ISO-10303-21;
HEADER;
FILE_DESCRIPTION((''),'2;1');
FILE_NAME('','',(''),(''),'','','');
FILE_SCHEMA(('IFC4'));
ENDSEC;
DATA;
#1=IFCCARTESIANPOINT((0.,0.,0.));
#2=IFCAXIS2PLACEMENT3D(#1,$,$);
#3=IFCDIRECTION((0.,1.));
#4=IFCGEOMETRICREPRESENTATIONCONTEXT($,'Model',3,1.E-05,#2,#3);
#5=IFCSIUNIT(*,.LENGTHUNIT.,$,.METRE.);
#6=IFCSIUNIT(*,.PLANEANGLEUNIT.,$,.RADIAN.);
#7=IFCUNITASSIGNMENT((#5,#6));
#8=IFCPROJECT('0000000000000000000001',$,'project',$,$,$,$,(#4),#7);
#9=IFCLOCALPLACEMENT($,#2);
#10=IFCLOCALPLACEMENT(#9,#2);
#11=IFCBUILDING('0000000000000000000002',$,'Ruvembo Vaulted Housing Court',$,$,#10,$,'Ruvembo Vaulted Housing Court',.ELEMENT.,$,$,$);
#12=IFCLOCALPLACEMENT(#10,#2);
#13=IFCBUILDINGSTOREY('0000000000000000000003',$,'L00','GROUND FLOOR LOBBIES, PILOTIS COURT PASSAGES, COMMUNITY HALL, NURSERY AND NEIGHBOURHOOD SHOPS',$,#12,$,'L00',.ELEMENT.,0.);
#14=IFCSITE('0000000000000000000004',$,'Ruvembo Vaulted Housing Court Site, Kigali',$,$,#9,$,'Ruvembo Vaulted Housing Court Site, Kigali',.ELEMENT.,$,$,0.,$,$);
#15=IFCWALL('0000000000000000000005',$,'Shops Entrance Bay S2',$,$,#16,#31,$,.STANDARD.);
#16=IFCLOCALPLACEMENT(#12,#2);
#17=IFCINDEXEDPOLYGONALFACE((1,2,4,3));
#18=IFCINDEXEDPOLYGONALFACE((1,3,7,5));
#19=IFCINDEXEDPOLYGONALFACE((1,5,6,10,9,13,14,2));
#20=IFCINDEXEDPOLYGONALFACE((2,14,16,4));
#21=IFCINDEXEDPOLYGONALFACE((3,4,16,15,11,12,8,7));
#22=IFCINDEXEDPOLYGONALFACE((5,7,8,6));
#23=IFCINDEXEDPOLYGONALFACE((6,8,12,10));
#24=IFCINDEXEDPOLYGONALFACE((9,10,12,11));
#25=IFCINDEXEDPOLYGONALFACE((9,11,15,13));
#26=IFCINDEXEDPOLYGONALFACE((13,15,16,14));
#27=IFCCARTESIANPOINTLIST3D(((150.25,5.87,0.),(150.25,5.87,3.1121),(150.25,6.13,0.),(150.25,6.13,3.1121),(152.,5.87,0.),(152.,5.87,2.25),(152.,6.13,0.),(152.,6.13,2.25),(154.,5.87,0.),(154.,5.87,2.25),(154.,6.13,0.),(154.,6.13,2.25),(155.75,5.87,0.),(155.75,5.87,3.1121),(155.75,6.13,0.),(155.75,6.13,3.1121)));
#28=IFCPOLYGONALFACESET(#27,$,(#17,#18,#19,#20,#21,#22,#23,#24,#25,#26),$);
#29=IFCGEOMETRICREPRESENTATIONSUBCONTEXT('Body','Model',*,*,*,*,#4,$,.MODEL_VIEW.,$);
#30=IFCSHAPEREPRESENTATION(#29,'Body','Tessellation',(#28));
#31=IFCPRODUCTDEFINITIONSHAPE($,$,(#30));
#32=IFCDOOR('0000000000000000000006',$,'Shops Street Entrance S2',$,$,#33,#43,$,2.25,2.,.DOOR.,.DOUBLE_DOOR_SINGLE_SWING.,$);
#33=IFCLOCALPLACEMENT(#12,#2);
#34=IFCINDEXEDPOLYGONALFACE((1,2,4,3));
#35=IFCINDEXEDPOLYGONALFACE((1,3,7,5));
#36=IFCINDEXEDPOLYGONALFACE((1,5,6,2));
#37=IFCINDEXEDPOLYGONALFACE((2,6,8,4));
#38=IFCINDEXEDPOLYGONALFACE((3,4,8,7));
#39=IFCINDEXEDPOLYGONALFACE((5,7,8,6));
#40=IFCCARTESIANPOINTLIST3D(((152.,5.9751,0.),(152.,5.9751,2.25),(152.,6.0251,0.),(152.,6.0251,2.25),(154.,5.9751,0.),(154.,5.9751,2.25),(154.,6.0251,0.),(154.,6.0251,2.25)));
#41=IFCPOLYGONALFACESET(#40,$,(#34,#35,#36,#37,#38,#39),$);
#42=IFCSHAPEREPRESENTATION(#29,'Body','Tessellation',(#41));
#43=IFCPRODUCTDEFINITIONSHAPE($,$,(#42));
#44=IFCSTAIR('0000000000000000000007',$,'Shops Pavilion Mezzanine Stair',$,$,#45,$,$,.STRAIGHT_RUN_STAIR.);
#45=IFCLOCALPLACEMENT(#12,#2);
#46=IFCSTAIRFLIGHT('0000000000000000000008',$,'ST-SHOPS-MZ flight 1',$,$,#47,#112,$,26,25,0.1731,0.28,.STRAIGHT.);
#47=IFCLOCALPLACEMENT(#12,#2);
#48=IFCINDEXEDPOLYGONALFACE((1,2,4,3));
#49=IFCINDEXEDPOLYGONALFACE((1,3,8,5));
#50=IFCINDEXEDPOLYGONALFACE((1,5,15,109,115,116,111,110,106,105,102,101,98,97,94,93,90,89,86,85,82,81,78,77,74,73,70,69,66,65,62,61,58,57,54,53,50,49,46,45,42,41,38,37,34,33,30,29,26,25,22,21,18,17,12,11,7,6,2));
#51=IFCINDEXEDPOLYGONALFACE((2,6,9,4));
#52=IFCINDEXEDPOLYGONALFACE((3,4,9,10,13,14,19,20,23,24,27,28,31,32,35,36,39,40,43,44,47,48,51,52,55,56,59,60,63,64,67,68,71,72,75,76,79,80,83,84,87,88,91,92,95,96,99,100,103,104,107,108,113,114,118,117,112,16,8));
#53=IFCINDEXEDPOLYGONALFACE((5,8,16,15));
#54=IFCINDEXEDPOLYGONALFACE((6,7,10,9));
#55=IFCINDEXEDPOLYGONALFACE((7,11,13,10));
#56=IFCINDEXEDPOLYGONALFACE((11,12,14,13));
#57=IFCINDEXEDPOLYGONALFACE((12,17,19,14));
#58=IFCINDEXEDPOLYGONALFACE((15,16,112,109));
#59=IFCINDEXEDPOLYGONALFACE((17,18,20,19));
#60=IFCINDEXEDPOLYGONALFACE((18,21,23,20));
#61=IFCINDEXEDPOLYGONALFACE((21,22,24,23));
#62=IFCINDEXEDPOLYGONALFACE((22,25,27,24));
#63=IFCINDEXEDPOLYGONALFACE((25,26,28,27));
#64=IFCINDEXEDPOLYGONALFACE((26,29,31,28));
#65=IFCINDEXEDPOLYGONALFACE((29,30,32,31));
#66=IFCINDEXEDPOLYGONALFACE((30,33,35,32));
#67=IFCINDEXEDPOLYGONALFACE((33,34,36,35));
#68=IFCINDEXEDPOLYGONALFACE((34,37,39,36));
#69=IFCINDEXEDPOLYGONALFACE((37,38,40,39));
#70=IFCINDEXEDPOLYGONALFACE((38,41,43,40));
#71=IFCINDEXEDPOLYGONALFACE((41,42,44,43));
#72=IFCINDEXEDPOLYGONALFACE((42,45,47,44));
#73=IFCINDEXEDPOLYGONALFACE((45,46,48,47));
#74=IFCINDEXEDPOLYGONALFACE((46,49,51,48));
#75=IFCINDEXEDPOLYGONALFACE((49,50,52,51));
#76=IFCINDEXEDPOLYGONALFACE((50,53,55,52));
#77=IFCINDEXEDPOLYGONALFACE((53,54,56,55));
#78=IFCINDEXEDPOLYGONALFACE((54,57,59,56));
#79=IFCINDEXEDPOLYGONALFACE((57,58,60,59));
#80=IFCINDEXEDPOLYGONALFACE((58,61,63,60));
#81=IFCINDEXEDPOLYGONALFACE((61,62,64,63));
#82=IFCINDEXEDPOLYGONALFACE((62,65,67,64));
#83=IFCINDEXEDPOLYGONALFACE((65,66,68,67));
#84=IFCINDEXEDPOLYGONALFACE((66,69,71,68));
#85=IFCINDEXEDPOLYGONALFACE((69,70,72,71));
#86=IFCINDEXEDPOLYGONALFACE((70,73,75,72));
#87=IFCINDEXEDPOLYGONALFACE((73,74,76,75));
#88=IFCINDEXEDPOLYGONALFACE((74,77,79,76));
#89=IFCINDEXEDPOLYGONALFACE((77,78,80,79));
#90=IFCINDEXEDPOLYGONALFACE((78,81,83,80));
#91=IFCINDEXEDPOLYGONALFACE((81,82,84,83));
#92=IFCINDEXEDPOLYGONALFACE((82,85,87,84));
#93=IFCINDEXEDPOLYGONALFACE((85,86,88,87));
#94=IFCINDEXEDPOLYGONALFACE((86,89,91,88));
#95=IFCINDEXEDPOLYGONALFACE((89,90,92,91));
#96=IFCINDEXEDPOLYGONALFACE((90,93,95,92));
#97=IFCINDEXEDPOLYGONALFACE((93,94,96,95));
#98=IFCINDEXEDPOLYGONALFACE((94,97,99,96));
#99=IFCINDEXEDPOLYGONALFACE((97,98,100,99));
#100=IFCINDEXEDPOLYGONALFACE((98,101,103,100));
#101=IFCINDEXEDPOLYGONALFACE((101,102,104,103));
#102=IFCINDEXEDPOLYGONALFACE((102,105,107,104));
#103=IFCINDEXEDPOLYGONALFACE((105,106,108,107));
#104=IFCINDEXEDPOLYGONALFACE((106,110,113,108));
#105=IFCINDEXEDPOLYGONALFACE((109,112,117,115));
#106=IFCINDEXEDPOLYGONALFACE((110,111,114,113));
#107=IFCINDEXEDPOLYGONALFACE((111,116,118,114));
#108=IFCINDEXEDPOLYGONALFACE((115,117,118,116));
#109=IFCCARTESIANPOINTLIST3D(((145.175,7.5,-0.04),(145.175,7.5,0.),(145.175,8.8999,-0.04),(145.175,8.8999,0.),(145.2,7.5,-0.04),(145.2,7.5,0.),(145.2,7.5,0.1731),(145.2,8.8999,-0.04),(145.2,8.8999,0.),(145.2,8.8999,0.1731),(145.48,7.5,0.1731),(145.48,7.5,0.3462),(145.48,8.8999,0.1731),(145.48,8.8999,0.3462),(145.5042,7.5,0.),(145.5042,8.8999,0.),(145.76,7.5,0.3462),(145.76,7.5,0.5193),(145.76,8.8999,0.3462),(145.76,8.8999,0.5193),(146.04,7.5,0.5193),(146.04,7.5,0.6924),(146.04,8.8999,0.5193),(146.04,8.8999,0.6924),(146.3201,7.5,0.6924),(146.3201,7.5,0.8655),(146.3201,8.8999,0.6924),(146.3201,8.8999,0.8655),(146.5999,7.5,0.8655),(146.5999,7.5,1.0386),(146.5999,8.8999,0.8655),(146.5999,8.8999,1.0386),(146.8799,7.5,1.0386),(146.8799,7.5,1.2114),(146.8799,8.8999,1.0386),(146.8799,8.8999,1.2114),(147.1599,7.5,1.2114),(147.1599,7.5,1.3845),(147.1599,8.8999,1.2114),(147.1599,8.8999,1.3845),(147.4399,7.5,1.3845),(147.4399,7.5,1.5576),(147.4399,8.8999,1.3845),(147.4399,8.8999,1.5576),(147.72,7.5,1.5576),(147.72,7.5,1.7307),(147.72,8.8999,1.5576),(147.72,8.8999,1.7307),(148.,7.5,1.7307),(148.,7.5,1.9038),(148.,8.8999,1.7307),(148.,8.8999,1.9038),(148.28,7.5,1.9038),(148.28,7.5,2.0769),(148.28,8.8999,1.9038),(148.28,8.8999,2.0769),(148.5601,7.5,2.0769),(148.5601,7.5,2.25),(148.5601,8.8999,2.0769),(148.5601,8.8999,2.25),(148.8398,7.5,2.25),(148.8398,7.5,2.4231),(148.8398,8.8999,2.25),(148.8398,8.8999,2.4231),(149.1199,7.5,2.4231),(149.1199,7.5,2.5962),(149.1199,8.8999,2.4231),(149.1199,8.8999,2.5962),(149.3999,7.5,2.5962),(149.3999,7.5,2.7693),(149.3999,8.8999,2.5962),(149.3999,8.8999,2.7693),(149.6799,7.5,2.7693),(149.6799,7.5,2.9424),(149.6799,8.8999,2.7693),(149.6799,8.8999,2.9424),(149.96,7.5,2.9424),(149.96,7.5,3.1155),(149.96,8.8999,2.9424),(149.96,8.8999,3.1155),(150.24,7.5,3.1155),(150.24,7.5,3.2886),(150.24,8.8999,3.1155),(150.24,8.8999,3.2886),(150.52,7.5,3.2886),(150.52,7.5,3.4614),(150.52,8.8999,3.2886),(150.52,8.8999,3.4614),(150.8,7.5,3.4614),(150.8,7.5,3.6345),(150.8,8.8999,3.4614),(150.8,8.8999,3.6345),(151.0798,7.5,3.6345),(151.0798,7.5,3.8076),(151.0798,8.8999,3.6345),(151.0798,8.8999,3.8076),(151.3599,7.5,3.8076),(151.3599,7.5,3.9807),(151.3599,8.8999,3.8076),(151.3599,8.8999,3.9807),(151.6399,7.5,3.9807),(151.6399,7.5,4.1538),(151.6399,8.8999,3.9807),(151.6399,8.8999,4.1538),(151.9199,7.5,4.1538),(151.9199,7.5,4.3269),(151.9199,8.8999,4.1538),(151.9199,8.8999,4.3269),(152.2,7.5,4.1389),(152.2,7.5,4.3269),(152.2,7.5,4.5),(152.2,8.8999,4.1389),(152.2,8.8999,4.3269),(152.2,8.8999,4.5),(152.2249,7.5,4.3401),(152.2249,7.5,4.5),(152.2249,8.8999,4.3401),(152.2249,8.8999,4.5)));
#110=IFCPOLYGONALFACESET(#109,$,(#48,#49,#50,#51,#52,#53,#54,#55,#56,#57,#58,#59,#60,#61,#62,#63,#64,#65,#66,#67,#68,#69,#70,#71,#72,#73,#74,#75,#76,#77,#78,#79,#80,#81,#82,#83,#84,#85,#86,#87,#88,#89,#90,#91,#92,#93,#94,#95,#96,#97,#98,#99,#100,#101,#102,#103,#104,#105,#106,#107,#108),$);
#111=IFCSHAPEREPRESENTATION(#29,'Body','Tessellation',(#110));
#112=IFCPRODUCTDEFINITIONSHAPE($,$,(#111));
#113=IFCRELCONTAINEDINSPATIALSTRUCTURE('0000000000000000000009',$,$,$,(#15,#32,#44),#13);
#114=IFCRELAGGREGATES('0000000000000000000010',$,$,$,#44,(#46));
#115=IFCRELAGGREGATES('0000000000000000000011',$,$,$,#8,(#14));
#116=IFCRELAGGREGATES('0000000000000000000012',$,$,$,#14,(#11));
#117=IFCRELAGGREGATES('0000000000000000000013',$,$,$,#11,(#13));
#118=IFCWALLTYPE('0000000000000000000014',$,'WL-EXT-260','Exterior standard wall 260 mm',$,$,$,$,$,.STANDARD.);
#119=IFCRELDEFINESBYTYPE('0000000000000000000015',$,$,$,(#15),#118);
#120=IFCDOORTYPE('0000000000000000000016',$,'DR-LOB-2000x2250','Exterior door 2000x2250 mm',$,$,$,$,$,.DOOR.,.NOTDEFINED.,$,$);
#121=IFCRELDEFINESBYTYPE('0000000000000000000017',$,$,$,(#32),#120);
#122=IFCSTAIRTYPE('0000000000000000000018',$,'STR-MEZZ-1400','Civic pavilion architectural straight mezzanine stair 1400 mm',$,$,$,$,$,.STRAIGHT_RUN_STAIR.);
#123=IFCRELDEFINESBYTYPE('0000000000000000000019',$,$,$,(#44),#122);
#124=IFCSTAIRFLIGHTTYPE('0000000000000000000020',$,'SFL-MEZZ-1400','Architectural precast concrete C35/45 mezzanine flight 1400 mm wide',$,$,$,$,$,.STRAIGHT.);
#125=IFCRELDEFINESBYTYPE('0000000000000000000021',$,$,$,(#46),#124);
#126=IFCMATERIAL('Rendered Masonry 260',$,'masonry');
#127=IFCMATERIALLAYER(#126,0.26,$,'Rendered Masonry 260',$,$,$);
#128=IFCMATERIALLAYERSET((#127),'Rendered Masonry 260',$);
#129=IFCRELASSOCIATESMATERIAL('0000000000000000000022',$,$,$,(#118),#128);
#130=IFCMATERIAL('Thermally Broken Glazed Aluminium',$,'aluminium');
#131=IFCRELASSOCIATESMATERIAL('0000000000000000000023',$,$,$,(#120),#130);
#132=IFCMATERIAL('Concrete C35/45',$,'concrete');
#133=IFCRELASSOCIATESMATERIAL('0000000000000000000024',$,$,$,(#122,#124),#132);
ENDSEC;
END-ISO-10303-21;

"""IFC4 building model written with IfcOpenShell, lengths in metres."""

from ifc_helpers import new_model, si_unit, direction, frame, frame_2d, origin, place, context, subcontext, project, spatial, polyline, rectangle, outline, extrude, material, layer, layer_set, type_object, element, fill, aggregate, save


model = new_model("IFC4")

# Units and contexts
model_context = context("Model", 3, precision=1e-05, world=origin(), true_north=direction((0.0, 1.0)))
body_context = subcontext(model_context, "Body", "Model", "MODEL_VIEW")
ifc_project = project(units=[si_unit("LENGTHUNIT", "METRE"), si_unit("PLANEANGLEUNIT", "RADIAN")], contexts=[model_context])

# Site, building, storey
site_placement = place(None, origin())
site = spatial("IfcSite", under=ifc_project, at=site_placement, Name="Ruvembo Vaulted Housing Court Site, Kigali", LongName="Ruvembo Vaulted Housing Court Site, Kigali", CompositionType="ELEMENT", RefElevation=0.0)
building_placement = place(site_placement, origin())
building = spatial("IfcBuilding", under=site, at=building_placement, Name="Ruvembo Vaulted Housing Court", LongName="Ruvembo Vaulted Housing Court", CompositionType="ELEMENT")
storey_placement = place(building_placement, origin())
storey = spatial("IfcBuildingStorey", under=building, at=storey_placement, Name="L00", Description="GROUND FLOOR LOBBIES, PILOTIS COURT PASSAGES, COMMUNITY HALL, NURSERY AND NEIGHBOURHOOD SHOPS", LongName="L00", CompositionType="ELEMENT", Elevation=0.0)

# Shared definitions
ifc_material_1 = material(Name="Concrete C35/45", Category="concrete")

# Wall, opening, door
ifc_material_2 = material(Name="Rendered Masonry 260", Category="masonry")
ifc_layer_1 = layer(ifc_material_2, 0.26, Name="Rendered Masonry 260")
ifc_layer_set_1 = layer_set([ifc_layer_1], Name="Rendered Masonry 260")
wall_type_1 = type_object("IfcWallType", Name="WL-EXT-260", Description="Exterior standard wall 260 mm", PredefinedType="STANDARD", material=ifc_layer_set_1)
wall_1_placement = place(storey_placement, frame((150.25, 6.0, 0.0), z_axis=(0.0, 0.0, 1.0), x_axis=(1.0, 0.0, 0.0)))
wall_1 = element("IfcWall", 1, at=wall_1_placement, inside=storey, type_object=wall_type_1, Name="Shops Entrance Bay S2", PredefinedType="STANDARD", context=body_context, shape_type="SweptSolid", body=[
    extrude(rectangle(XDim=5.5, YDim=0.26, at=frame_2d((2.75, 0.0))), origin(), (0.0, 0.0, 1.0), 3.1121),
])
opening_placement = place(wall_1_placement, frame((1.75, 0.0, 0.0)))
opening = element("IfcOpeningElement", 2, at=opening_placement, cuts=wall_1, PredefinedType="OPENING", context=body_context, shape_type="SweptSolid", body=[
    extrude(rectangle(XDim=2.0, YDim=2.25, at=frame_2d((1.0, 1.125))), frame((0.0, 0.1399, 0.0), z_axis=(0.0, -1.0, 0.0), x_axis=(1.0, 0.0, 0.0)), (0.0, 0.0, 1.0), 0.28),
])
ifc_material_3 = material(Name="Thermally Broken Glazed Aluminium", Category="aluminium")
door_type = type_object("IfcDoorType", Name="DR-LOB-2000x2250", Description="Exterior door 2000x2250 mm", OperationType="NOTDEFINED", PredefinedType="DOOR", material=ifc_material_3)
door_placement = place(opening_placement, frame((2.0, 0.0, 0.0), z_axis=(0.0, 0.0, 1.0), x_axis=(-1.0, 0.0, 0.0)))
door = element("IfcDoor", 3, at=door_placement, inside=storey, type_object=door_type, Name="Shops Street Entrance S2", OperationType="DOUBLE_DOOR_SINGLE_SWING", OverallHeight=2.25, OverallWidth=2.0, PredefinedType="DOOR", context=body_context, shape_type="SweptSolid", body=[
    extrude(rectangle(XDim=2.0, YDim=2.25, at=frame_2d((1.0, 1.125))), frame((0.0, 0.0249, 0.0), z_axis=(0.0, -1.0, 0.0), x_axis=(1.0, 0.0, 0.0)), (0.0, 0.0, 1.0), 0.05),
])
fill(opening, door)

# Stair, stair flight
stair_type = type_object("IfcStairType", Name="STR-MEZZ-1400", Description="Civic pavilion architectural straight mezzanine stair 1400 mm", PredefinedType="STRAIGHT_RUN_STAIR", material=ifc_material_1)
stair_placement = place(storey_placement, origin())
stair = element("IfcStair", 4, at=stair_placement, inside=storey, type_object=stair_type, Name="Shops Pavilion Mezzanine Stair", PredefinedType="STRAIGHT_RUN_STAIR")
stair_flight_type = type_object("IfcStairFlightType", Name="SFL-MEZZ-1400", Description="Architectural precast concrete C35/45 mezzanine flight 1400 mm wide", PredefinedType="STRAIGHT", material=ifc_material_1)
stair_flight_placement = place(storey_placement, frame((145.2, 8.2, 0.0), z_axis=(0.0, 0.0, 1.0), x_axis=(1.0, 0.0, 0.0)))
stair_flight = element("IfcStairFlight", 5, at=stair_flight_placement, type_object=stair_flight_type, Name="ST-SHOPS-MZ flight 1", NumberOfRisers=26, NumberOfTreads=25, PredefinedType="STRAIGHT", RiserHeight=0.1731, TreadLength=0.28, context=body_context, shape_type="SweptSolid", body=[
    extrude(outline(polyline([(-0.0249, -0.04), (-0.0249, 0.0), (0.0, 0.0), (0.0, 0.1731), (0.28, 0.1731), (0.28, 0.3462), (0.5601, 0.3462), (0.5601, 0.5193), (0.8401, 0.5193), (0.8401, 0.6924), (1.1201, 0.6924), (1.1201, 0.8655), (1.3999, 0.8655), (1.3999, 1.0386), (1.6799, 1.0386), (1.6799, 1.2114), (1.96, 1.2114), (1.96, 1.3845), (2.24, 1.3845), (2.24, 1.5576), (2.52, 1.5576), (2.52, 1.7307), (2.8, 1.7307), (2.8, 1.9038), (3.0801, 1.9038), (3.0801, 2.0769), (3.3601, 2.0769), (3.3601, 2.25), (3.6399, 2.25), (3.6399, 2.4231), (3.9199, 2.4231), (3.9199, 2.5962), (4.2, 2.5962), (4.2, 2.7693), (4.48, 2.7693), (4.48, 2.9424), (4.76, 2.9424), (4.76, 3.1155), (5.04, 3.1155), (5.04, 3.2886), (5.3201, 3.2886), (5.3201, 3.4614), (5.6001, 3.4614), (5.6001, 3.6345), (5.8799, 3.6345), (5.8799, 3.8076), (6.1599, 3.8076), (6.1599, 3.9807), (6.4399, 3.9807), (6.4399, 4.1538), (6.72, 4.1538), (6.72, 4.3269), (7.0, 4.3269), (7.0, 4.5), (7.0249, 4.5), (7.0249, 4.3401), (7.0, 4.1389), (0.3042, 0.0), (0.0, -0.04), (-0.0249, -0.04)])), frame((0.0, 0.7, 0.0), z_axis=(0.0, -1.0, 0.0), x_axis=(1.0, 0.0, 0.0)), (0.0, 0.0, 1.0), 1.3999),
])
aggregate(stair, [stair_flight])

save(model, "model.ifc")
